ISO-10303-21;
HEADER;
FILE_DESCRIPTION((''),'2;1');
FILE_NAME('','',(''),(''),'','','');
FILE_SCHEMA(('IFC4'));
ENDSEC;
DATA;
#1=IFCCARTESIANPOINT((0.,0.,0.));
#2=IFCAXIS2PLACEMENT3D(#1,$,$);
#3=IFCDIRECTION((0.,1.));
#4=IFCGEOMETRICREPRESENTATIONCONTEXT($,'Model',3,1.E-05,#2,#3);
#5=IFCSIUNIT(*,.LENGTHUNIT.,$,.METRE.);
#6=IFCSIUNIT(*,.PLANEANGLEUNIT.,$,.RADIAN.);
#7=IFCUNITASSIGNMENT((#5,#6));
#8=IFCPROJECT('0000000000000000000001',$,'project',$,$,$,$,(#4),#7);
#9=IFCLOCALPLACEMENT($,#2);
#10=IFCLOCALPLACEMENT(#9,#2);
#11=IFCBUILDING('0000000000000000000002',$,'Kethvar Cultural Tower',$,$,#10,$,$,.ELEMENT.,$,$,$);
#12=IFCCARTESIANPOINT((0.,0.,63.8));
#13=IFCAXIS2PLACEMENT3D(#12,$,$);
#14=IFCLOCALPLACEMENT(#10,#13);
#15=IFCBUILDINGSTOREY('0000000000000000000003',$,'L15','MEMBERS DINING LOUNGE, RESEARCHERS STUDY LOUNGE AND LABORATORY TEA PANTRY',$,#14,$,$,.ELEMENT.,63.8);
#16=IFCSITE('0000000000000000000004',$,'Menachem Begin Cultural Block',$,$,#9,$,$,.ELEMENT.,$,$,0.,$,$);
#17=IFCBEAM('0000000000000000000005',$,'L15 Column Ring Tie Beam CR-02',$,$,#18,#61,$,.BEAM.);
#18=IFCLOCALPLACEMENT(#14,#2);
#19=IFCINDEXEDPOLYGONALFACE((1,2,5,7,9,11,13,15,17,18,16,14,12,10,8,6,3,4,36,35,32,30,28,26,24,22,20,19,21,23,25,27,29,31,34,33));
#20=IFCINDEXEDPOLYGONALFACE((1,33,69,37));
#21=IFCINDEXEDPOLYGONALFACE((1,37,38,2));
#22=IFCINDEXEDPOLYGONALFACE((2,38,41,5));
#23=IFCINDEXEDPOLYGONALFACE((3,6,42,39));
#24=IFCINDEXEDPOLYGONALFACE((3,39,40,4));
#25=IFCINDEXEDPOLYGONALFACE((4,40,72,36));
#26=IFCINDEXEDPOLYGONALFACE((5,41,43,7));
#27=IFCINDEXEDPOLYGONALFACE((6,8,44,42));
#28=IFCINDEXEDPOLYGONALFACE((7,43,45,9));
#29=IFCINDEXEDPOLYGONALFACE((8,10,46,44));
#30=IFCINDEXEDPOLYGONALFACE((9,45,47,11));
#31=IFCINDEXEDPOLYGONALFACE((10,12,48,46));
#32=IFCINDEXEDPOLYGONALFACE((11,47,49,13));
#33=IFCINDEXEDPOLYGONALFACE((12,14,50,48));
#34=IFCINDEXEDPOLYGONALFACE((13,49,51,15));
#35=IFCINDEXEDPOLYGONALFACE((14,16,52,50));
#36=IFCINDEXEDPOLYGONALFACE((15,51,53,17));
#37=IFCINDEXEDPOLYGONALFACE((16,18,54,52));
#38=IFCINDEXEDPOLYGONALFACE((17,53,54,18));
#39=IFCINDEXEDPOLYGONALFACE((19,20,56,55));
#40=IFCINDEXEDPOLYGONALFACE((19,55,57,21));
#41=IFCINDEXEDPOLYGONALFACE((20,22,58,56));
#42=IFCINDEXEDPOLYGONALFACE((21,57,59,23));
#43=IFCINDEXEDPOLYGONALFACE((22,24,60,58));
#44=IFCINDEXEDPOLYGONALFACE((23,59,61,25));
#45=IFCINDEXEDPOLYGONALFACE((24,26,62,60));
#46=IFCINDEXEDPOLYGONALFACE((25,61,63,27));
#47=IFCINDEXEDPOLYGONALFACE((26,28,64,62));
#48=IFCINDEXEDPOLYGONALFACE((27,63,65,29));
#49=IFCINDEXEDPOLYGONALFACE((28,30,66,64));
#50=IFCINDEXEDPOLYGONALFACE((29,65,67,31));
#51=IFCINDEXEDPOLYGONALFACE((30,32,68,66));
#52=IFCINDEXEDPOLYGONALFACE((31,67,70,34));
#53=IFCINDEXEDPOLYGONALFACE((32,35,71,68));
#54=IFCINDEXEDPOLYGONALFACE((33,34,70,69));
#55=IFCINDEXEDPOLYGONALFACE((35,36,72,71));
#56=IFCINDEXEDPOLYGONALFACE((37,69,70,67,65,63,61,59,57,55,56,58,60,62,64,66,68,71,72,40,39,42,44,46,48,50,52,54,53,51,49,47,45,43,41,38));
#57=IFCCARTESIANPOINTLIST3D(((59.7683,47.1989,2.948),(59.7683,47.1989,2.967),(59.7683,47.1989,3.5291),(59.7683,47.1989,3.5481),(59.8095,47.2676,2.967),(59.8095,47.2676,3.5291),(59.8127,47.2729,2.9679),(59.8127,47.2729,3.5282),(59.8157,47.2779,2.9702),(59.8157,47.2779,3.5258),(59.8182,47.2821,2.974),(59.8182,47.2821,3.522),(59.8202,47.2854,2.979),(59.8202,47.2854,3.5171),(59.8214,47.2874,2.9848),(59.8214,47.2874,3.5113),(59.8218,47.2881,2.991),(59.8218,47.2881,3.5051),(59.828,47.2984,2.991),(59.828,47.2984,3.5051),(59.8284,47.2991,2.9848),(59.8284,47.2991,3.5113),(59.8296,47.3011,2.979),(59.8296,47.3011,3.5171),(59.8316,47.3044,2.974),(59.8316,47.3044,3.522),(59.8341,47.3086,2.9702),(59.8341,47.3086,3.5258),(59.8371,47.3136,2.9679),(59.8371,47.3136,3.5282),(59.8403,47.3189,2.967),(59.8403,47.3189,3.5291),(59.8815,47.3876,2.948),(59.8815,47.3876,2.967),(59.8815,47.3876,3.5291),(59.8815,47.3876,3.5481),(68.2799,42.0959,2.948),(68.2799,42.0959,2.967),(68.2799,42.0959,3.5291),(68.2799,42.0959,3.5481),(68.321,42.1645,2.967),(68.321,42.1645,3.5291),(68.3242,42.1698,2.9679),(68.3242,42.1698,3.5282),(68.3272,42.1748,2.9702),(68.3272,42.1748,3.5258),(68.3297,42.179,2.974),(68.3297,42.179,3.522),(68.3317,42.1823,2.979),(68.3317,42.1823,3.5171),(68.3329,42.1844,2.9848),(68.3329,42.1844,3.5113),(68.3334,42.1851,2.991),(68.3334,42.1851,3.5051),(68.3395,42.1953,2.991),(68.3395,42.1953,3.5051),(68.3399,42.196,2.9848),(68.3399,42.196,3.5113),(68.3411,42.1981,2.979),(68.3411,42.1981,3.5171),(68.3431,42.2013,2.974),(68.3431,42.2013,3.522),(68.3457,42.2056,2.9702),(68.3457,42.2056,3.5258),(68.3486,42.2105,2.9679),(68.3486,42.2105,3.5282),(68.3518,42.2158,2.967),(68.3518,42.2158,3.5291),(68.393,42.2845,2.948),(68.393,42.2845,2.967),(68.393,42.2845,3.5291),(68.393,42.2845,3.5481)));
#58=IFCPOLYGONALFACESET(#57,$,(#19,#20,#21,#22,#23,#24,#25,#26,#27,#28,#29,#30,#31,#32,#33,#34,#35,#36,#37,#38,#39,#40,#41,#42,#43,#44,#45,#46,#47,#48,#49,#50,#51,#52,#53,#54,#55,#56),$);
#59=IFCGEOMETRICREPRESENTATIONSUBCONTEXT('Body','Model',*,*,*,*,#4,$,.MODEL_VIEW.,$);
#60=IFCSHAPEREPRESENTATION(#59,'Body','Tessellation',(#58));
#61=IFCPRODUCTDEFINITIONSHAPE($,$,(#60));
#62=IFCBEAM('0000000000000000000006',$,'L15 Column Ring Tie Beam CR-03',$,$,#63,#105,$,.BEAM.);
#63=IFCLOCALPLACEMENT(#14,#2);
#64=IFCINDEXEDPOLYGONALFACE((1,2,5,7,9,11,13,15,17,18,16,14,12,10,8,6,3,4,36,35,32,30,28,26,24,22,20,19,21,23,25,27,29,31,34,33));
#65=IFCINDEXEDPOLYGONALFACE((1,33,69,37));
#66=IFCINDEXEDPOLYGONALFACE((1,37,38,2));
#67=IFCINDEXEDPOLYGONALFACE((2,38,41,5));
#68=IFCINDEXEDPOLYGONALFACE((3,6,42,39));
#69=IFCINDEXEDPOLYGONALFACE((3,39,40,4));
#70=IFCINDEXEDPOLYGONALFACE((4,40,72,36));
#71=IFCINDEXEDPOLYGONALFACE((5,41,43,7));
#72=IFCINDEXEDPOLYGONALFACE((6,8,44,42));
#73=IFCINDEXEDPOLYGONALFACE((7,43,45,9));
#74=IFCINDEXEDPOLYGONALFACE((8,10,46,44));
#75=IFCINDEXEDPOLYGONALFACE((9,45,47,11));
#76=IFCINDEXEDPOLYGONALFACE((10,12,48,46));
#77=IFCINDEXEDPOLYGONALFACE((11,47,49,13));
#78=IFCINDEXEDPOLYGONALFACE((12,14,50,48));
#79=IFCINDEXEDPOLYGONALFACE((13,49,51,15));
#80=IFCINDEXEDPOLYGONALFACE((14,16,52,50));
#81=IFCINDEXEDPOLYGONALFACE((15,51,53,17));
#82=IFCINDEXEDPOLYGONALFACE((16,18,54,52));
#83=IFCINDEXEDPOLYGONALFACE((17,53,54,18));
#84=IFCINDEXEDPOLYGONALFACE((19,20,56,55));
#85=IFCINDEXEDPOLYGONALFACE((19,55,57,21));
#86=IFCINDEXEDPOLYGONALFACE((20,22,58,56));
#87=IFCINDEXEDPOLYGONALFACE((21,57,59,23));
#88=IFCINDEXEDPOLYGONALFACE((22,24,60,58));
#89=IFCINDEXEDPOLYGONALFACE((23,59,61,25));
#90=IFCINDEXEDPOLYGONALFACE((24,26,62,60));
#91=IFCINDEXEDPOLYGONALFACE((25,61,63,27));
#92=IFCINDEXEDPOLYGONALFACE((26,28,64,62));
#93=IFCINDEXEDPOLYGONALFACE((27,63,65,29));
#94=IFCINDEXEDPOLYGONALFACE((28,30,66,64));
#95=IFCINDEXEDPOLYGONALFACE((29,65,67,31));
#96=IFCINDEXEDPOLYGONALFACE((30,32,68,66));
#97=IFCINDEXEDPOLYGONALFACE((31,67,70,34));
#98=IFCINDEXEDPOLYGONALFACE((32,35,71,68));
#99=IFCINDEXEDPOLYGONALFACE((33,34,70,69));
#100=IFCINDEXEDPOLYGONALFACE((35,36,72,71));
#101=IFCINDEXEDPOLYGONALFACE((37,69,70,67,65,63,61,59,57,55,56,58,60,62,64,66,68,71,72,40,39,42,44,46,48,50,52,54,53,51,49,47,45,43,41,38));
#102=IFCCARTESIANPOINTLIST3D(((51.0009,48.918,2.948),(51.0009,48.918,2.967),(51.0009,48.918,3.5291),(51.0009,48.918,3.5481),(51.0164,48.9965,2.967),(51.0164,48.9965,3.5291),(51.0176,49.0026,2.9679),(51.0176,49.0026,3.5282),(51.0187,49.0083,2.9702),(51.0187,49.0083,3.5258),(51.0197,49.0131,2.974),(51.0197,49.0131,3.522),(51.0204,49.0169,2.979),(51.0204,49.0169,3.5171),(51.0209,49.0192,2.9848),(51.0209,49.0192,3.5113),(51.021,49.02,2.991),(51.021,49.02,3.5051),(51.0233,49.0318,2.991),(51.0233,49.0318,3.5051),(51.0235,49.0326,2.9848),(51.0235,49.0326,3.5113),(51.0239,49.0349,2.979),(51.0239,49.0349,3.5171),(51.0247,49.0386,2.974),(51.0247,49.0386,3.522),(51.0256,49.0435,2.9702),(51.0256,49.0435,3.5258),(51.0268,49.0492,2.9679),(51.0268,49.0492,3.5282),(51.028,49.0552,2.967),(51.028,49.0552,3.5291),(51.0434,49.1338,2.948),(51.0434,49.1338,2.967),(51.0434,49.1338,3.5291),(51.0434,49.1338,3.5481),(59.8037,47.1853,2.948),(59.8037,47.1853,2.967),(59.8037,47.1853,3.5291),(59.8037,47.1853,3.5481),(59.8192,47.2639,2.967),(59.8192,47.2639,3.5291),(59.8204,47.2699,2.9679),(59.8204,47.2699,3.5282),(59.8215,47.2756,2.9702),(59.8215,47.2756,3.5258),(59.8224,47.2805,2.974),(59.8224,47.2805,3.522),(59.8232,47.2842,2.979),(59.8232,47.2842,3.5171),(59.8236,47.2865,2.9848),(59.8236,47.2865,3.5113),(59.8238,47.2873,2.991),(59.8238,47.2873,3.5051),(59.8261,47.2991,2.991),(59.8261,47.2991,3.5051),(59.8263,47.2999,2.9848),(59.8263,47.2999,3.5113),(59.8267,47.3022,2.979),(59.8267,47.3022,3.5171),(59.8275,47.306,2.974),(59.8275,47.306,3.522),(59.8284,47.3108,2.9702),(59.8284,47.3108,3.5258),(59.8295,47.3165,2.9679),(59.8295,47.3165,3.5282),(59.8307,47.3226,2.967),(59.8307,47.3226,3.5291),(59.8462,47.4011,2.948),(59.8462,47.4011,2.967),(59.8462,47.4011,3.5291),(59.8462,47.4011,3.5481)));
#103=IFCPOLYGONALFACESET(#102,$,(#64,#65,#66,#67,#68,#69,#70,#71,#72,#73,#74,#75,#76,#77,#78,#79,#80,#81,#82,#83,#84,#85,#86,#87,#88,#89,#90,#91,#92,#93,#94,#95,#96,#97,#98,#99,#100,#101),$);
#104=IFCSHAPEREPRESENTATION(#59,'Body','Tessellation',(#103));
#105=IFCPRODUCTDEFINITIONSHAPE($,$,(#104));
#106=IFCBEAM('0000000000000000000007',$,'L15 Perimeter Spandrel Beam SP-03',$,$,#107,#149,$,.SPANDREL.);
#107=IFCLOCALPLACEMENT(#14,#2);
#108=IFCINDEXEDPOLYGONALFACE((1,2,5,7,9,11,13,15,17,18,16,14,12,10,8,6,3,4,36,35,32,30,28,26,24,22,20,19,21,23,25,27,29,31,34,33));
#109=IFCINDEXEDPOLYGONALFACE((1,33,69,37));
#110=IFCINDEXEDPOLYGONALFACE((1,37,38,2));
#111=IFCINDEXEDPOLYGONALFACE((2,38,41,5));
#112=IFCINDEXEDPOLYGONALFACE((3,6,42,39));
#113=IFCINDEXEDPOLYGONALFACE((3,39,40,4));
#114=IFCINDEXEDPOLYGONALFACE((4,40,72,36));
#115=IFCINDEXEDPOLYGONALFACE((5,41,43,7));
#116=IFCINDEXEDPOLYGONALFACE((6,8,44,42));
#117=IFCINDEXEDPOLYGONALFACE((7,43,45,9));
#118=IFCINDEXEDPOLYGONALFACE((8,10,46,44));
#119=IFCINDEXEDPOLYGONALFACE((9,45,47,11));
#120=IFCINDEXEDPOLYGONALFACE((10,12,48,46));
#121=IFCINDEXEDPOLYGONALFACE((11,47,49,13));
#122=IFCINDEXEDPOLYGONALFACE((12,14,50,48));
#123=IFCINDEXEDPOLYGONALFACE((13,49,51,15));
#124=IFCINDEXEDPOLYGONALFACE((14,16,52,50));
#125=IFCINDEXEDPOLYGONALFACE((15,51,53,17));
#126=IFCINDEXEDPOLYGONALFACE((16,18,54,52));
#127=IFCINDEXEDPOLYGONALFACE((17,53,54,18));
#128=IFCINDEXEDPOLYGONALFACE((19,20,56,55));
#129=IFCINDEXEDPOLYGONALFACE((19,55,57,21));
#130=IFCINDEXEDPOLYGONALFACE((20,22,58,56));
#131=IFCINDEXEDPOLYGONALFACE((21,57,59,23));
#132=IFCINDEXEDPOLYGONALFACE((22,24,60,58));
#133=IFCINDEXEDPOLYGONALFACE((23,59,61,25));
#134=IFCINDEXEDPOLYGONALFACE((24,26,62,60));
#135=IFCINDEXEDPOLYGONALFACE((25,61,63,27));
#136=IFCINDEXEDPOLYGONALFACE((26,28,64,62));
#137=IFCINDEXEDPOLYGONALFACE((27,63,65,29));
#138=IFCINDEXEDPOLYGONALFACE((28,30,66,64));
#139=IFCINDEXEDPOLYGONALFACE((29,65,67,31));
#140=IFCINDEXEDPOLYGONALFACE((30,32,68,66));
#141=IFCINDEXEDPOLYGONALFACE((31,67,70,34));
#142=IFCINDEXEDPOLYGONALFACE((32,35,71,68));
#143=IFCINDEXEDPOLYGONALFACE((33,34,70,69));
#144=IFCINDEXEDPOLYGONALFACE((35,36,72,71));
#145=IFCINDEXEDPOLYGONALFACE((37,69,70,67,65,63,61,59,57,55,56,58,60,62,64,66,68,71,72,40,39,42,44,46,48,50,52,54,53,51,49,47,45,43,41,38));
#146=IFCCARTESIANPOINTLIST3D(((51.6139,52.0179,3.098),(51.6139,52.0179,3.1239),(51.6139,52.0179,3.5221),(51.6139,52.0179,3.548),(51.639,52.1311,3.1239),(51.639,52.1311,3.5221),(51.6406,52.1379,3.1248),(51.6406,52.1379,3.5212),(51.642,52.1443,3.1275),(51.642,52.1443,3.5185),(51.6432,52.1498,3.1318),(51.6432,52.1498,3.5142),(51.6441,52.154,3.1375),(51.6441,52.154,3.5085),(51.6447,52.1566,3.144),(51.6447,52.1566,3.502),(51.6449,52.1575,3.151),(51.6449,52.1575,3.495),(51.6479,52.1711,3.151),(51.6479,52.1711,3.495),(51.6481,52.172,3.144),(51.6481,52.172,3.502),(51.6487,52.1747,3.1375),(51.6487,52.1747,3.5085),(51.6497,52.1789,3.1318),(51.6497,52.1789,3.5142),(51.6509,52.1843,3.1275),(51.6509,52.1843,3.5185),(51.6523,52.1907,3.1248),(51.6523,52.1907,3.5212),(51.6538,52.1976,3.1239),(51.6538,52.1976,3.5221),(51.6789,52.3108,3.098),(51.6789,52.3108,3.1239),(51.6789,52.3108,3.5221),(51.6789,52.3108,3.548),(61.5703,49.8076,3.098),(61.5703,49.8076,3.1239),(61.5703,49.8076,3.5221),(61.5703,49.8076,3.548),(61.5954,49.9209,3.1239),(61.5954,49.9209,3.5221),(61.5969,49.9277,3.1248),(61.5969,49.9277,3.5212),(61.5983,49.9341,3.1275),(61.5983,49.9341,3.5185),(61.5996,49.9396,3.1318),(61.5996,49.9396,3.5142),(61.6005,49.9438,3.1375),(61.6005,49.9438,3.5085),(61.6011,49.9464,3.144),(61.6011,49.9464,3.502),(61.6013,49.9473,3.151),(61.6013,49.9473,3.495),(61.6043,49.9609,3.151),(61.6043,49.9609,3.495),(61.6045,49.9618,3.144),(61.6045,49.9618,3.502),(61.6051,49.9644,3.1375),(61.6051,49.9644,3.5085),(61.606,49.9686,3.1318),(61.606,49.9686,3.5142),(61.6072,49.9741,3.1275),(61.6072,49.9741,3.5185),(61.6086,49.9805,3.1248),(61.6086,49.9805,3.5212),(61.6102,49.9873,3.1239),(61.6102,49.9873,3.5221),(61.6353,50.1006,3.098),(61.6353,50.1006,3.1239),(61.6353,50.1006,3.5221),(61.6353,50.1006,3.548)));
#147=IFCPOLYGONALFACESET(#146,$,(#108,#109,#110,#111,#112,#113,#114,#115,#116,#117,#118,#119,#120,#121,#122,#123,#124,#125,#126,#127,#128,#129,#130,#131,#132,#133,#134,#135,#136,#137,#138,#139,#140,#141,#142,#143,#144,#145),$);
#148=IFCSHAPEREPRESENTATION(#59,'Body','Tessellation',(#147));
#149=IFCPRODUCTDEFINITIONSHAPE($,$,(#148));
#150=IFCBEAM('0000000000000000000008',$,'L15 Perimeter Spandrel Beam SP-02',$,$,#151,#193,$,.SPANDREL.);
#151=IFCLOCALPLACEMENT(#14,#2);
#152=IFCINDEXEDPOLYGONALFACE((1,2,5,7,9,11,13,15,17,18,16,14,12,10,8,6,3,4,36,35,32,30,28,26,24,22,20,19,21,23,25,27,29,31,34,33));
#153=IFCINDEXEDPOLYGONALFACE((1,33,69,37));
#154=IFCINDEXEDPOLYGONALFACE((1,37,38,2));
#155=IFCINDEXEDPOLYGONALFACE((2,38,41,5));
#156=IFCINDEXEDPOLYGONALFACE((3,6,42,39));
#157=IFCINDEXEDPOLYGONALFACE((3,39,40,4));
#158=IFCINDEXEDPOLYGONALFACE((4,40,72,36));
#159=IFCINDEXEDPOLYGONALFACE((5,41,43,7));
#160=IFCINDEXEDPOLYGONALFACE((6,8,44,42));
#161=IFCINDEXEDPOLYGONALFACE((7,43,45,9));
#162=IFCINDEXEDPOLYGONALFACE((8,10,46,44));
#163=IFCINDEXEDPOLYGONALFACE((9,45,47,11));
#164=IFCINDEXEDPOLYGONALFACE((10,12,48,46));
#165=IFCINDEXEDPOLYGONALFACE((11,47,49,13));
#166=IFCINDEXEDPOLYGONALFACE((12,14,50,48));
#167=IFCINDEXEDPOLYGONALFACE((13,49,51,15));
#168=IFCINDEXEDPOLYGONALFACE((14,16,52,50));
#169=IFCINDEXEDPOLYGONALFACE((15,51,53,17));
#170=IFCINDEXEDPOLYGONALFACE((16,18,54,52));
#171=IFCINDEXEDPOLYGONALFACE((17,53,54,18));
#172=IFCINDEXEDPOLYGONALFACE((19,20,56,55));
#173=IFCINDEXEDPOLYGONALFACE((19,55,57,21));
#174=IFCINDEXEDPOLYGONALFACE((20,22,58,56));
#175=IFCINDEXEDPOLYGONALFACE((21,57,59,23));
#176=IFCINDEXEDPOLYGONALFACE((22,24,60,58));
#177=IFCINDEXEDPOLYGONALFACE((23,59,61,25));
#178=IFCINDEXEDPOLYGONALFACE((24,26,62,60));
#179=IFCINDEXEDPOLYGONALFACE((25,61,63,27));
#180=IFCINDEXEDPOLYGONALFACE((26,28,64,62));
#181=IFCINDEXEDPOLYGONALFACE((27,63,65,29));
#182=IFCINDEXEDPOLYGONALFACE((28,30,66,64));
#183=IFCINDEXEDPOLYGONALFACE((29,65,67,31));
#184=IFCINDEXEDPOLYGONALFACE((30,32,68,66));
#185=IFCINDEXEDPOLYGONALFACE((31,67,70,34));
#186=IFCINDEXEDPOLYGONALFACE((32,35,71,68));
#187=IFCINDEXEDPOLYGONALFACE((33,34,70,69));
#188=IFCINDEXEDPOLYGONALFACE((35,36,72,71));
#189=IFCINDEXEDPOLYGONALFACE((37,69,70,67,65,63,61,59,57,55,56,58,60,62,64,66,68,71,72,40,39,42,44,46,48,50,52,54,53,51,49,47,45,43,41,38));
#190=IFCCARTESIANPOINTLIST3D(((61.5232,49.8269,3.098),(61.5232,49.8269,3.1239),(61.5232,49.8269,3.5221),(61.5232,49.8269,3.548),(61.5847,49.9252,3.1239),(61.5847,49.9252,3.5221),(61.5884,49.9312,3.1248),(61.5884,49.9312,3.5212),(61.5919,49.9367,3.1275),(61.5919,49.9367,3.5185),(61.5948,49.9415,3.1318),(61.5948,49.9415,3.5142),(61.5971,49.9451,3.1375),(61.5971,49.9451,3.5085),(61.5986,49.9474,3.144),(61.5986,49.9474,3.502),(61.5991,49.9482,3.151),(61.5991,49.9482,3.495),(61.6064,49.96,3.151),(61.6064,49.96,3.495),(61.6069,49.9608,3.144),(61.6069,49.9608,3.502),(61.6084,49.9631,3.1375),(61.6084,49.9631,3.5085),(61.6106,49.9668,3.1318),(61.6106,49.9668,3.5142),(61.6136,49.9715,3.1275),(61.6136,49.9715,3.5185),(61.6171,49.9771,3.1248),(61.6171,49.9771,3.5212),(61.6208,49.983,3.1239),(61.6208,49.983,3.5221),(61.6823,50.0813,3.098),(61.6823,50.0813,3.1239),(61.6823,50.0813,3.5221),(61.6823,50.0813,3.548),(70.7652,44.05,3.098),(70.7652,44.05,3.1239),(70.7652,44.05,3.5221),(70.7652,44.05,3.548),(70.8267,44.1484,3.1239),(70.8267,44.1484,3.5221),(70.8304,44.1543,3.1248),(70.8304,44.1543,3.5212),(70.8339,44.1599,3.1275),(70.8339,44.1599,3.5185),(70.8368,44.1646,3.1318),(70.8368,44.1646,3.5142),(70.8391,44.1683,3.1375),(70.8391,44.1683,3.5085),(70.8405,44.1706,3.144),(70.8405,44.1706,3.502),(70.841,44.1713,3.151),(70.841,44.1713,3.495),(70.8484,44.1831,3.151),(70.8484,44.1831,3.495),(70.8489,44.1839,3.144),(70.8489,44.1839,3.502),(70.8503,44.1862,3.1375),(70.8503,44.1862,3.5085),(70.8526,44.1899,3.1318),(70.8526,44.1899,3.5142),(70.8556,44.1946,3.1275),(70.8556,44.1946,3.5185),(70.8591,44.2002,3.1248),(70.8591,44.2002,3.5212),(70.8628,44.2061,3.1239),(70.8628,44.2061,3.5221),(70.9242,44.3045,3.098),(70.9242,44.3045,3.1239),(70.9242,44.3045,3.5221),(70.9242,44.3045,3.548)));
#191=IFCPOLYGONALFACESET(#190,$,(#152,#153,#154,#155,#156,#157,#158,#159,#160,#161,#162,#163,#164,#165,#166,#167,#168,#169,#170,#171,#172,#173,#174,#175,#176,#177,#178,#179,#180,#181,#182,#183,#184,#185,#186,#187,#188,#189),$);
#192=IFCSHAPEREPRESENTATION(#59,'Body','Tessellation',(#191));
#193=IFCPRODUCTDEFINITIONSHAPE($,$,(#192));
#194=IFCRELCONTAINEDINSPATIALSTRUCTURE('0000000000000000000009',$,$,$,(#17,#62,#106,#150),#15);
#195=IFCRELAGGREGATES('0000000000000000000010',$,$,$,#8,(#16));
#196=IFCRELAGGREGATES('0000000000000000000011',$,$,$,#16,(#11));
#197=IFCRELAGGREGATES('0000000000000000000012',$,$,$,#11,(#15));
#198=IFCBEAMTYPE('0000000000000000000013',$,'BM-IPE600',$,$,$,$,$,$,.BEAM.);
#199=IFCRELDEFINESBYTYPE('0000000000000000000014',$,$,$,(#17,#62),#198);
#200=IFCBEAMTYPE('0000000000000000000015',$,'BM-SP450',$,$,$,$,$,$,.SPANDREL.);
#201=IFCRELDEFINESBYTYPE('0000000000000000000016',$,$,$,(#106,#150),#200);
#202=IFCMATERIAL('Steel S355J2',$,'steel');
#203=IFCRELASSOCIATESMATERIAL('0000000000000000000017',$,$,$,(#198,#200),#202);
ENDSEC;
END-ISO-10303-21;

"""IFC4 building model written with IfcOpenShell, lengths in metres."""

from ifc_helpers import new_model, si_unit, direction, frame, origin, origin_2d, place, context, subcontext, project, spatial, i_section, extrude, source, transform, mapped, material, material_profile, profile_set, type_object, element, save


model = new_model("IFC4")

# Units and contexts
model_context = context("Model", 3, precision=1e-05, world=origin(), true_north=direction((0.0, 1.0)))
body_context = subcontext(model_context, "Body", "Model", "MODEL_VIEW")
ifc_project = project(units=[si_unit("LENGTHUNIT", "METRE"), si_unit("PLANEANGLEUNIT", "RADIAN")], contexts=[model_context])

# Site, building, storey
site_placement = place(None, origin())
site = spatial("IfcSite", under=ifc_project, at=site_placement, Name="Menachem Begin Cultural Block", CompositionType="ELEMENT", RefElevation=0.0)
building_placement = place(site_placement, origin())
building = spatial("IfcBuilding", under=site, at=building_placement, Name="Kethvar Cultural Tower", CompositionType="ELEMENT")
storey_placement = place(building_placement, frame((0.0, 0.0, 63.8)))
storey = spatial("IfcBuildingStorey", under=building, at=storey_placement, Name="L15", Description="MEMBERS DINING LOUNGE, RESEARCHERS STUDY LOUNGE AND LABORATORY TEA PANTRY", CompositionType="ELEMENT", Elevation=63.8)

# Beams
ifc_material_1 = material(Name="Steel S355J2", Category="steel")
ifc_material_profile_1 = material_profile(ifc_material_1, i_section(OverallWidth=0.22, OverallDepth=0.6001, WebThickness=0.012, FlangeThickness=0.019, FilletRadius=0.0239, at=origin_2d()), Name="Steel S355J2 — IPE600")
ifc_profile_set_1 = profile_set([ifc_material_profile_1], Name="Steel S355J2 — IPE600")
beam_type_1 = type_object("IfcBeamType", Name="BM-IPE600", PredefinedType="BEAM", material=ifc_profile_set_1)
shared_shape_1 = source(origin(), body_context, "Body", "SweptSolid", [
    extrude(i_section(OverallWidth=0.22, OverallDepth=0.6001, WebThickness=0.012, FlangeThickness=0.019, FilletRadius=0.0239, at=origin_2d()), origin(), (0.0, 0.0, 1.0), 9.9241),
])
beam_1_placement = place(storey_placement, frame((68.3364, 42.1902, 3.248), z_axis=(-0.857664, 0.51421, 0.0), x_axis=(-0.51421, -0.857664, 0.0)))
element("IfcBeam", 1, at=beam_1_placement, inside=storey, type_object=beam_type_1, Name="L15 Column Ring Tie Beam CR-02", PredefinedType="BEAM", context=body_context, shape_type="MappedRepresentation", body=[
    mapped(shared_shape_1, transform((0.0, 0.0, 0.0), scale=1.0)),
])
shared_shape_2 = source(origin(), body_context, "Body", "SweptSolid", [
    extrude(i_section(OverallWidth=0.22, OverallDepth=0.6001, WebThickness=0.012, FlangeThickness=0.019, FilletRadius=0.0239, at=origin_2d()), origin(), (0.0, 0.0, 1.0), 8.9717),
])
beam_2_placement = place(storey_placement, frame((59.825, 47.2932, 3.248), z_axis=(-0.981174, 0.193127, 0.0), x_axis=(-0.193127, -0.981174, 0.0)))
element("IfcBeam", 2, at=beam_2_placement, inside=storey, type_object=beam_type_1, Name="L15 Column Ring Tie Beam CR-03", PredefinedType="BEAM", context=body_context, shape_type="MappedRepresentation", body=[
    mapped(shared_shape_2, transform((0.0, 0.0, 0.0), scale=1.0)),
])
ifc_material_profile_2 = material_profile(ifc_material_1, i_section(OverallWidth=0.3, OverallDepth=0.45, WebThickness=0.0139, FlangeThickness=0.0259, FilletRadius=0.0271, at=origin_2d()), Name="Steel S355J2 — HEB450")
ifc_profile_set_2 = profile_set([ifc_material_profile_2], Name="Steel S355J2 — HEB450")
beam_type_2 = type_object("IfcBeamType", Name="BM-SP450", PredefinedType="SPANDREL", material=ifc_profile_set_2)
shared_shape_3 = source(origin(), body_context, "Body", "SweptSolid", [
    extrude(i_section(OverallWidth=0.3, OverallDepth=0.45, WebThickness=0.0139, FlangeThickness=0.0259, FilletRadius=0.0271, at=origin_2d()), origin(), (0.0, 0.0, 1.0), 10.1987),
])
beam_3_placement = place(storey_placement, frame((61.6028, 49.9541, 3.323), z_axis=(-0.976235, 0.216715, 0.0), x_axis=(-0.216715, -0.976235, 0.0)))
element("IfcBeam", 3, at=beam_3_placement, inside=storey, type_object=beam_type_2, Name="L15 Perimeter Spandrel Beam SP-03", PredefinedType="SPANDREL", context=body_context, shape_type="MappedRepresentation", body=[
    mapped(shared_shape_3, transform((0.0, 0.0, 0.0), scale=1.0)),
])
shared_shape_4 = source(origin(), body_context, "Body", "SweptSolid", [
    extrude(i_section(OverallWidth=0.3, OverallDepth=0.45, WebThickness=0.0139, FlangeThickness=0.0259, FilletRadius=0.0271, at=origin_2d()), origin(), (0.0, 0.0, 1.0), 10.8989),
])
beam_4_placement = place(storey_placement, frame((70.8447, 44.1772, 3.323), z_axis=(-0.847972, 0.530041, 0.0), x_axis=(-0.530041, -0.847972, 0.0)))
element("IfcBeam", 4, at=beam_4_placement, inside=storey, type_object=beam_type_2, Name="L15 Perimeter Spandrel Beam SP-02", PredefinedType="SPANDREL", context=body_context, shape_type="MappedRepresentation", body=[
    mapped(shared_shape_4, transform((0.0, 0.0, 0.0), scale=1.0)),
])

save(model, "model.ifc")
